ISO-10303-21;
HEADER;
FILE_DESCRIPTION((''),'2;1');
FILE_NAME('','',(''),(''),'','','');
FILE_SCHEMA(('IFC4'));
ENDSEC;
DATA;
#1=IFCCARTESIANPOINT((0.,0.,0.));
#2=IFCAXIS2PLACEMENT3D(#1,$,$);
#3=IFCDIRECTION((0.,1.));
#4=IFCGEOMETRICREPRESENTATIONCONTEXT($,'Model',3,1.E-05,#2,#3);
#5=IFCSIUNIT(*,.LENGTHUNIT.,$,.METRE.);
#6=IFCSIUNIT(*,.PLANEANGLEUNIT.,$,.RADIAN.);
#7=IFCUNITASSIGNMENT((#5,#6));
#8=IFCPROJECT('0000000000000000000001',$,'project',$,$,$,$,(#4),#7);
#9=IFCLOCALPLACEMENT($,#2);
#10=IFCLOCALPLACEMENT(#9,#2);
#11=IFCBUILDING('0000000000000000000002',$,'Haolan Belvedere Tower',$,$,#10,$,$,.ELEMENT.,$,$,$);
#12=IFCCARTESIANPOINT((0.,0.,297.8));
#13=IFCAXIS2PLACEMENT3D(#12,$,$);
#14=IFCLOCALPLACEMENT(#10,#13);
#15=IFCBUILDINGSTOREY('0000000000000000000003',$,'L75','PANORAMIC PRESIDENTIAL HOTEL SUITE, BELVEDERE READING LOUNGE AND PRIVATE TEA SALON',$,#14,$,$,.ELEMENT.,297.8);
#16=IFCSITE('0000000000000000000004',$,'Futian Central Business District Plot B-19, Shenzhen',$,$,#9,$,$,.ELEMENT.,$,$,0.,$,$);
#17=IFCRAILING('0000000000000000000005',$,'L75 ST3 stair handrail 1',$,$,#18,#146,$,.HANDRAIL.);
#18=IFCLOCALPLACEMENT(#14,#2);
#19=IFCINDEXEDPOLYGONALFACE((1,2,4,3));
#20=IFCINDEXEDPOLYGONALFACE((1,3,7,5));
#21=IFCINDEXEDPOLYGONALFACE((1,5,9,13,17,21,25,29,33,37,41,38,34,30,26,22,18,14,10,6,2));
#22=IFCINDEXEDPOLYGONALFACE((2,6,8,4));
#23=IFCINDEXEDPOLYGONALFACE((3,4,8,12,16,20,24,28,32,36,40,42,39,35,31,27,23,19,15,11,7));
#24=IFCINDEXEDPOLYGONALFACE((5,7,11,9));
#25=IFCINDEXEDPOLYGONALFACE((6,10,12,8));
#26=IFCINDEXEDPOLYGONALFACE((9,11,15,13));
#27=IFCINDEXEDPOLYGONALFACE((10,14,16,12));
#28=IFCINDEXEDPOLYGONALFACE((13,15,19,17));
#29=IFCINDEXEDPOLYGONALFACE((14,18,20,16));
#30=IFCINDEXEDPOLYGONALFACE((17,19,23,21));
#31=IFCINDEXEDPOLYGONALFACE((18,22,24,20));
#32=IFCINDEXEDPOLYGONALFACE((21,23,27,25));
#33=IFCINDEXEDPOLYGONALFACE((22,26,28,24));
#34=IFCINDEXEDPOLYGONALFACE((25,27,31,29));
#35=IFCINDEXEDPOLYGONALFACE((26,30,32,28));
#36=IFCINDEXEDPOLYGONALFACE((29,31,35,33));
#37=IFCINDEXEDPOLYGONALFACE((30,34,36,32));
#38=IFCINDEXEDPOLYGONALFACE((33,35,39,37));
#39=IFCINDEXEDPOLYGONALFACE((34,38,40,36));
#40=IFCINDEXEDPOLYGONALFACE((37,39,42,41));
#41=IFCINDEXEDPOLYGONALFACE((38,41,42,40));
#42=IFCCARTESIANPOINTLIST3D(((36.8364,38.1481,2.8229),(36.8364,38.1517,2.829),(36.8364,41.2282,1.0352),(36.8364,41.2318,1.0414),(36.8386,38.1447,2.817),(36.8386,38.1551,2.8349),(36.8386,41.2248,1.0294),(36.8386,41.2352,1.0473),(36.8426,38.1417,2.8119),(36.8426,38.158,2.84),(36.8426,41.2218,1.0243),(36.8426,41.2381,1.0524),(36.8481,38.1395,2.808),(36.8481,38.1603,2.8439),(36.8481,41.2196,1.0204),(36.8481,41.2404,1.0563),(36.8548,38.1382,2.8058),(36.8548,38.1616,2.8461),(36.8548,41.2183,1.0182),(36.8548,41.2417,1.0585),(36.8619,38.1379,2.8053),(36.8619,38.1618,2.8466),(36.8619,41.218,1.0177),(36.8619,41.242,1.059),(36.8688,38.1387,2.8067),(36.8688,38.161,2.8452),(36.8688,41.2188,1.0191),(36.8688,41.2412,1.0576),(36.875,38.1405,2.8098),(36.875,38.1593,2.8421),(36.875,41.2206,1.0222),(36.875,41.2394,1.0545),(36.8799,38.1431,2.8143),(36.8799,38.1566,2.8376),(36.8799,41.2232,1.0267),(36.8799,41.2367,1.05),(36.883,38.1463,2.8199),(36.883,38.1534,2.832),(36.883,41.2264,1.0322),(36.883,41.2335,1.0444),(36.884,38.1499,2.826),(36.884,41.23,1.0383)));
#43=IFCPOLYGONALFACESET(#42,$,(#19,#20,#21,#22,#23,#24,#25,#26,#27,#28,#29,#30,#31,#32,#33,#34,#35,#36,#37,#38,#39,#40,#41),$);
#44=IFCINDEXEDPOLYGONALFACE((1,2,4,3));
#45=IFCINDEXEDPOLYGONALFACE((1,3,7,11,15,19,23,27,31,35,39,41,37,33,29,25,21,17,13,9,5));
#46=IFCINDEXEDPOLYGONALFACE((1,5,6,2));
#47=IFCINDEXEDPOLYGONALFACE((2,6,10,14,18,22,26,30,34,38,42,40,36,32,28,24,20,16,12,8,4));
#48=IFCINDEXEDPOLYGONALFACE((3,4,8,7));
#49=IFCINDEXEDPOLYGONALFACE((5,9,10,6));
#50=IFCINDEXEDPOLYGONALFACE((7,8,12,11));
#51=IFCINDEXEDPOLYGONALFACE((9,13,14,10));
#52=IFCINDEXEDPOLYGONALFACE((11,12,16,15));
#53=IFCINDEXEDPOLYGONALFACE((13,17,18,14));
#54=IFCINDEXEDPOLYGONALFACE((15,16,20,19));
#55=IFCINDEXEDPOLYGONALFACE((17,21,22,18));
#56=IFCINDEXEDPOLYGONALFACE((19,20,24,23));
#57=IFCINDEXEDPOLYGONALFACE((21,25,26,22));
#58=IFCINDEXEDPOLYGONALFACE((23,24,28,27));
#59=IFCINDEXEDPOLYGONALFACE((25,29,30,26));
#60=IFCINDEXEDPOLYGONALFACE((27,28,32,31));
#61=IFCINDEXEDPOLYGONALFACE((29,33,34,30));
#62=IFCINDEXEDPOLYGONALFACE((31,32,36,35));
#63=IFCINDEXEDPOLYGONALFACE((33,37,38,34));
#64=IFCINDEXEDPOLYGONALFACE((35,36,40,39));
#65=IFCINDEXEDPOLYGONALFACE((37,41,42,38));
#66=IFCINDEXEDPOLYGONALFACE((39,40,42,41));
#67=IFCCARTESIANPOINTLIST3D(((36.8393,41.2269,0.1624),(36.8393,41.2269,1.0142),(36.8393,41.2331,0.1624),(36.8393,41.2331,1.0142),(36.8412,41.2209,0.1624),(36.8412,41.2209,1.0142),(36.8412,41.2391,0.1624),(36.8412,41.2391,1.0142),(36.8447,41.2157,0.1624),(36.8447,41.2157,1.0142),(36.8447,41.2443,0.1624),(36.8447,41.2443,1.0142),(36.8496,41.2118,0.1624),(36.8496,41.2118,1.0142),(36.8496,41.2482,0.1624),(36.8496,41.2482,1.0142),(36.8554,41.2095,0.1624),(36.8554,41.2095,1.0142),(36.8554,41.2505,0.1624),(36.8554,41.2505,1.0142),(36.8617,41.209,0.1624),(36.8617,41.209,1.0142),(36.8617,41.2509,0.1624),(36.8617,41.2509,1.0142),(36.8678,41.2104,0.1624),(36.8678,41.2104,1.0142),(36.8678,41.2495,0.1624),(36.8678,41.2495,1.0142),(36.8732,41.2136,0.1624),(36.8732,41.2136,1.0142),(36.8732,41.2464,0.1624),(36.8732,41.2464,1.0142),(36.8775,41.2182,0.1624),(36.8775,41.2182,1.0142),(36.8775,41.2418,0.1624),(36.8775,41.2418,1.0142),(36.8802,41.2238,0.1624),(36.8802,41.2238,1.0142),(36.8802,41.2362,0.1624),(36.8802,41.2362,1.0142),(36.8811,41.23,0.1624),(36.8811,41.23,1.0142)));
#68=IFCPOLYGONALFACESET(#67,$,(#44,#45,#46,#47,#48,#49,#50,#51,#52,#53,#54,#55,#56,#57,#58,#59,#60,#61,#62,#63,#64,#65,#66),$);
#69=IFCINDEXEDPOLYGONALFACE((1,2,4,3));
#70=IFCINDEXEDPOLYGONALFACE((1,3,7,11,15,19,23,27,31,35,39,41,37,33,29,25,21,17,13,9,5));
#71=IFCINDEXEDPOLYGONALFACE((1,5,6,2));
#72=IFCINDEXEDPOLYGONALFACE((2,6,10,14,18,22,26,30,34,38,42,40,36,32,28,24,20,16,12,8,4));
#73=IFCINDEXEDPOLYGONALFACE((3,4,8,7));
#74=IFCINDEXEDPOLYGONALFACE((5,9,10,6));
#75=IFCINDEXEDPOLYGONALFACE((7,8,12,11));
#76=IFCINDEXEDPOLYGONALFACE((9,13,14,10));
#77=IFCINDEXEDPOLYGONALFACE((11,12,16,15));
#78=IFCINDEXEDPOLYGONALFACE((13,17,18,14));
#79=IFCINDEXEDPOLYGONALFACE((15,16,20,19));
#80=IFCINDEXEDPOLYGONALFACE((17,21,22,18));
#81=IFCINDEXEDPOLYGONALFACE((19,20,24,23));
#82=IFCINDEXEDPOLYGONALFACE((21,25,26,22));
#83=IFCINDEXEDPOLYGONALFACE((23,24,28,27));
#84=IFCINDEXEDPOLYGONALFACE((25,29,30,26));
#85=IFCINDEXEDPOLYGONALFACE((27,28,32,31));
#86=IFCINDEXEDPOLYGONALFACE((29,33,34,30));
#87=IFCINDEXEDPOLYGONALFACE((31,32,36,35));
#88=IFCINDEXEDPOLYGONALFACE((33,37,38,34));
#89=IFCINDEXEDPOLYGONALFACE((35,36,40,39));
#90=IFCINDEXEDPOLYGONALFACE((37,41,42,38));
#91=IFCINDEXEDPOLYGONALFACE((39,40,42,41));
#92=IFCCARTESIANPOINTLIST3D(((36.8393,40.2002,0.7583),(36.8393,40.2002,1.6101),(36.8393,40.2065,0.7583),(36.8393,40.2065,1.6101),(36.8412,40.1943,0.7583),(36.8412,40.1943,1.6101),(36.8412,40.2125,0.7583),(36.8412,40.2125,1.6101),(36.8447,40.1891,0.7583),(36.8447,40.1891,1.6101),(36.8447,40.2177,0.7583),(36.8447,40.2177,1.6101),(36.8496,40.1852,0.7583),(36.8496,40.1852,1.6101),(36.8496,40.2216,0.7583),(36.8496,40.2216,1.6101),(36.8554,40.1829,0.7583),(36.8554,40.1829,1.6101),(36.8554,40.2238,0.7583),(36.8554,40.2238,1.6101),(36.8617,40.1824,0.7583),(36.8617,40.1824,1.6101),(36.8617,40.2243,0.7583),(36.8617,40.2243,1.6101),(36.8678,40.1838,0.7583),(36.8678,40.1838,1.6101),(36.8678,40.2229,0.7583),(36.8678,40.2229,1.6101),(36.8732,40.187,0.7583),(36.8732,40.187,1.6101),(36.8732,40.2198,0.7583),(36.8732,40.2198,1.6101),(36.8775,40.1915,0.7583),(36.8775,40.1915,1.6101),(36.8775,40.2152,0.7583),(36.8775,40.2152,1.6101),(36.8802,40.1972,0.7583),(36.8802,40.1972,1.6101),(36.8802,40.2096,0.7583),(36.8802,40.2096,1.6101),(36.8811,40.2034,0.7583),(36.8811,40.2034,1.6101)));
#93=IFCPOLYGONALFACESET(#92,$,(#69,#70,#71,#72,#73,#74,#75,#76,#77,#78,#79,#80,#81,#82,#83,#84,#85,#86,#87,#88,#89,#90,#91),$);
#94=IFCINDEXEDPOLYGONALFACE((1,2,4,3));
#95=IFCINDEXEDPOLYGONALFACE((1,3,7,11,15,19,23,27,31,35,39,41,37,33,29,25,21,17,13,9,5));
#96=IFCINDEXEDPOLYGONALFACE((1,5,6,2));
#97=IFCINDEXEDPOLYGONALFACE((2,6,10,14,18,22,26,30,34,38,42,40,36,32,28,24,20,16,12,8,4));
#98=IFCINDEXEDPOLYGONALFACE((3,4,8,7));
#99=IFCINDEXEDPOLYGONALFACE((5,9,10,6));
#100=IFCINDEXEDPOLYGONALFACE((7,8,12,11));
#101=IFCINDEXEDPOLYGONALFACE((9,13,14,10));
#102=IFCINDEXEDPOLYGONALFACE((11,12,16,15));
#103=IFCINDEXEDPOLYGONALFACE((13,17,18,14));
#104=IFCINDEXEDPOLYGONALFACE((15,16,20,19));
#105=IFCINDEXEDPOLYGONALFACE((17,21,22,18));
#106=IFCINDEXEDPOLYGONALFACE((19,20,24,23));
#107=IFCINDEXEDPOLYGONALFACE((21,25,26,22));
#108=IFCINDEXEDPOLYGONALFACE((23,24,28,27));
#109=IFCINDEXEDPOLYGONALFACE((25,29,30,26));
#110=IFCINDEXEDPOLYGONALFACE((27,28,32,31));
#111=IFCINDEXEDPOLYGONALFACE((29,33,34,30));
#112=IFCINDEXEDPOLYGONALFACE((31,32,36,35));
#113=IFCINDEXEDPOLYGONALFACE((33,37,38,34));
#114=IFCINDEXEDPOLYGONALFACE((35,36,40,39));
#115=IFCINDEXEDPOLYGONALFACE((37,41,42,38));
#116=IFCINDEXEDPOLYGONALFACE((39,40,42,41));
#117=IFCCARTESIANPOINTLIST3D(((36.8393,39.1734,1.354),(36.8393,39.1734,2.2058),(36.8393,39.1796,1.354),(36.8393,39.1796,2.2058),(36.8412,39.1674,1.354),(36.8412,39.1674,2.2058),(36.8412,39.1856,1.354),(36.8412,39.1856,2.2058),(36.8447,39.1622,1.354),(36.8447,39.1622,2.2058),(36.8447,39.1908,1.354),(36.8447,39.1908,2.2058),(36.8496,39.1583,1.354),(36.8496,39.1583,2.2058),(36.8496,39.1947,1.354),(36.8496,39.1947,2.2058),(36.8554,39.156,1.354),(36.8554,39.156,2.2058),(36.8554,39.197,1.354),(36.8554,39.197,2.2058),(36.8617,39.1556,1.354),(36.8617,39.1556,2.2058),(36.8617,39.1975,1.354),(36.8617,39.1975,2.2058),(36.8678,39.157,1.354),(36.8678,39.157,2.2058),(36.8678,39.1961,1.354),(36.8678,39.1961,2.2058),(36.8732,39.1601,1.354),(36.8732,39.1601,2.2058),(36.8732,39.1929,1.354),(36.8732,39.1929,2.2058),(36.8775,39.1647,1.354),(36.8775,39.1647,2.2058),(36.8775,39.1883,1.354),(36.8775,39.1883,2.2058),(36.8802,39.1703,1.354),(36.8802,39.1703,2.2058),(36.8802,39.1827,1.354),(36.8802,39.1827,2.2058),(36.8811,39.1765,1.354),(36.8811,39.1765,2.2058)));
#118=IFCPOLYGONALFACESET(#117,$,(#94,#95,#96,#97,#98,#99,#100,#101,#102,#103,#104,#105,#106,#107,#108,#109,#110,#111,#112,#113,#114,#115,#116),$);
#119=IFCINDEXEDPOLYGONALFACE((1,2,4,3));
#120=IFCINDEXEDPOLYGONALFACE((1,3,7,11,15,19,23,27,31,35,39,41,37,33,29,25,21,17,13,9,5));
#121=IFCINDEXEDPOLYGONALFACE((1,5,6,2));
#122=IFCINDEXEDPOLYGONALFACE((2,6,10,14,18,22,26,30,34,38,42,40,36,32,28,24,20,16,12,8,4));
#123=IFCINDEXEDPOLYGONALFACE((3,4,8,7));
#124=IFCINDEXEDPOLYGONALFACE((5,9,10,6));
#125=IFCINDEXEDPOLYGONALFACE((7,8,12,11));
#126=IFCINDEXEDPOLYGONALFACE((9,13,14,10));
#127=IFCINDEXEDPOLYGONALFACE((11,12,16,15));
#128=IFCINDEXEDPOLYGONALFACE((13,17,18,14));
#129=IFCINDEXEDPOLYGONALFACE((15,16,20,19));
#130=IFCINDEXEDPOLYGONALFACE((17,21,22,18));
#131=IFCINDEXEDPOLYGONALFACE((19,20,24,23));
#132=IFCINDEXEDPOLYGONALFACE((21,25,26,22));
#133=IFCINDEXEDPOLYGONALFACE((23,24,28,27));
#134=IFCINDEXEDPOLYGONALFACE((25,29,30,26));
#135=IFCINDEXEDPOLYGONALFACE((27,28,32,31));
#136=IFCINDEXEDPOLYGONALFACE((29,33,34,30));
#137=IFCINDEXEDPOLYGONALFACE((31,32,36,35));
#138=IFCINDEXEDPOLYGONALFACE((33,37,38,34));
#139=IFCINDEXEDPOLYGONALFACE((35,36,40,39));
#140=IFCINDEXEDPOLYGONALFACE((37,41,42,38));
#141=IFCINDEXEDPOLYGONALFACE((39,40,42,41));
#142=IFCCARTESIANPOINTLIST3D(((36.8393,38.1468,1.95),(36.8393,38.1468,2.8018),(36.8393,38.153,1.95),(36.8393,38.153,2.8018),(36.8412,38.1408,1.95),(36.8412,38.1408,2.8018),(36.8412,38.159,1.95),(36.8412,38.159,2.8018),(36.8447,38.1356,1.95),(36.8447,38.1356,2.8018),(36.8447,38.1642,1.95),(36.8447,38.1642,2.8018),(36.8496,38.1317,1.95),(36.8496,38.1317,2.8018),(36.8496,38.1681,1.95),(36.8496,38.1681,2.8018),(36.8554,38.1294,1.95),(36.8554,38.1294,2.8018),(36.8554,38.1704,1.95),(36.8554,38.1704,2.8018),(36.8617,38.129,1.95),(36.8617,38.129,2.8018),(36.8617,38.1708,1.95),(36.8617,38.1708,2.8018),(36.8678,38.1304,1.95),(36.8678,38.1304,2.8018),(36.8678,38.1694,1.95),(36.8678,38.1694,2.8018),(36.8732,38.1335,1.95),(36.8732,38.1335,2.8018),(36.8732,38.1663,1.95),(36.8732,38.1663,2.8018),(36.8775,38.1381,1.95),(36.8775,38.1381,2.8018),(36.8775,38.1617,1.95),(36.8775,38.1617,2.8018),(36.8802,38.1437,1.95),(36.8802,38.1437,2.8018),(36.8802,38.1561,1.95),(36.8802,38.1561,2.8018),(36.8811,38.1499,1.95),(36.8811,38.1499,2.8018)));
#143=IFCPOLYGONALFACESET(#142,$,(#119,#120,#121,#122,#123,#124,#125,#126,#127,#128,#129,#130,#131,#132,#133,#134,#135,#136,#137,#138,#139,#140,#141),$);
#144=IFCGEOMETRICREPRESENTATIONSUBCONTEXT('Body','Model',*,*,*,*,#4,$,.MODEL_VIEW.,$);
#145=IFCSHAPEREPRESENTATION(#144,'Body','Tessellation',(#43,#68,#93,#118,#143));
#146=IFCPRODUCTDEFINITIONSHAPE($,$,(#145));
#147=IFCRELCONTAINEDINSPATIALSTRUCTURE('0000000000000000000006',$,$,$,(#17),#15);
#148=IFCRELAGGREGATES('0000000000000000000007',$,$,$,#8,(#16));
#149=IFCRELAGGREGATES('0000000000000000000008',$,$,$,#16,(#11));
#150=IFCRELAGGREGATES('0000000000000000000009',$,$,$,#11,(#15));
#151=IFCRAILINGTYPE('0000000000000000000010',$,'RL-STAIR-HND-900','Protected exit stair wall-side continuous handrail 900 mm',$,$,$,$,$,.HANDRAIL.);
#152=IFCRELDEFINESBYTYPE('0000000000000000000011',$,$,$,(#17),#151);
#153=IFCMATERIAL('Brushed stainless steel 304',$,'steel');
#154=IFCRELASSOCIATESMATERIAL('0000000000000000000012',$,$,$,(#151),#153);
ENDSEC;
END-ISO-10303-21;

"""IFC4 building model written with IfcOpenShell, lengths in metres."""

from ifc_helpers import new_model, si_unit, direction, frame, origin, origin_2d, place, context, subcontext, project, spatial, circle, extrude, material, type_object, element, save


model = new_model("IFC4")

# Units and contexts
model_context = context("Model", 3, precision=1e-05, world=origin(), true_north=direction((0.0, 1.0)))
body_context = subcontext(model_context, "Body", "Model", "MODEL_VIEW")
ifc_project = project(units=[si_unit("LENGTHUNIT", "METRE"), si_unit("PLANEANGLEUNIT", "RADIAN")], contexts=[model_context])

# Site, building, storey
site_placement = place(None, origin())
site = spatial("IfcSite", under=ifc_project, at=site_placement, Name="Futian Central Business District Plot B-19, Shenzhen", CompositionType="ELEMENT", RefElevation=0.0)
building_placement = place(site_placement, origin())
building = spatial("IfcBuilding", under=site, at=building_placement, Name="Haolan Belvedere Tower", CompositionType="ELEMENT")
storey_placement = place(building_placement, frame((0.0, 0.0, 297.8)))
storey = spatial("IfcBuildingStorey", under=building, at=storey_placement, Name="L75", Description="PANORAMIC PRESIDENTIAL HOTEL SUITE, BELVEDERE READING LOUNGE AND PRIVATE TEA SALON", CompositionType="ELEMENT", Elevation=297.8)

# Railing
ifc_material_1 = material(Name="Brushed stainless steel 304", Category="steel")
railing_type_1 = type_object("IfcRailingType", Name="RL-STAIR-HND-900", Description="Protected exit stair wall-side continuous handrail 900 mm", PredefinedType="HANDRAIL", material=ifc_material_1)
railing_1_placement = place(storey_placement, frame((36.8601, 41.23, 0.1624)))
element("IfcRailing", 1, at=railing_1_placement, inside=storey, type_object=railing_type_1, Name="L75 ST3 stair handrail 1", PredefinedType="HANDRAIL", context=body_context, shape_type="SweptSolid", body=[
    extrude(circle(Radius=0.0239, at=origin_2d()), frame((0.0, 0.0, 0.876), z_axis=(0.0, -0.864891, 0.50196), x_axis=(1.0, 0.0, 0.0)), (0.0, 0.0, 1.0), 3.5613),
    extrude(circle(Radius=0.021, at=origin_2d()), origin(), (0.0, 0.0, 1.0), 0.8518),
    extrude(circle(Radius=0.021, at=origin_2d()), frame((0.0, -1.0266, 0.5959)), (0.0, 0.0, 1.0), 0.8518),
    extrude(circle(Radius=0.021, at=origin_2d()), frame((0.0, -2.0535, 1.1917)), (0.0, 0.0, 1.0), 0.8518),
    extrude(circle(Radius=0.021, at=origin_2d()), frame((0.0, -3.0801, 1.7876)), (0.0, 0.0, 1.0), 0.8518),
])

save(model, "model.ifc")
